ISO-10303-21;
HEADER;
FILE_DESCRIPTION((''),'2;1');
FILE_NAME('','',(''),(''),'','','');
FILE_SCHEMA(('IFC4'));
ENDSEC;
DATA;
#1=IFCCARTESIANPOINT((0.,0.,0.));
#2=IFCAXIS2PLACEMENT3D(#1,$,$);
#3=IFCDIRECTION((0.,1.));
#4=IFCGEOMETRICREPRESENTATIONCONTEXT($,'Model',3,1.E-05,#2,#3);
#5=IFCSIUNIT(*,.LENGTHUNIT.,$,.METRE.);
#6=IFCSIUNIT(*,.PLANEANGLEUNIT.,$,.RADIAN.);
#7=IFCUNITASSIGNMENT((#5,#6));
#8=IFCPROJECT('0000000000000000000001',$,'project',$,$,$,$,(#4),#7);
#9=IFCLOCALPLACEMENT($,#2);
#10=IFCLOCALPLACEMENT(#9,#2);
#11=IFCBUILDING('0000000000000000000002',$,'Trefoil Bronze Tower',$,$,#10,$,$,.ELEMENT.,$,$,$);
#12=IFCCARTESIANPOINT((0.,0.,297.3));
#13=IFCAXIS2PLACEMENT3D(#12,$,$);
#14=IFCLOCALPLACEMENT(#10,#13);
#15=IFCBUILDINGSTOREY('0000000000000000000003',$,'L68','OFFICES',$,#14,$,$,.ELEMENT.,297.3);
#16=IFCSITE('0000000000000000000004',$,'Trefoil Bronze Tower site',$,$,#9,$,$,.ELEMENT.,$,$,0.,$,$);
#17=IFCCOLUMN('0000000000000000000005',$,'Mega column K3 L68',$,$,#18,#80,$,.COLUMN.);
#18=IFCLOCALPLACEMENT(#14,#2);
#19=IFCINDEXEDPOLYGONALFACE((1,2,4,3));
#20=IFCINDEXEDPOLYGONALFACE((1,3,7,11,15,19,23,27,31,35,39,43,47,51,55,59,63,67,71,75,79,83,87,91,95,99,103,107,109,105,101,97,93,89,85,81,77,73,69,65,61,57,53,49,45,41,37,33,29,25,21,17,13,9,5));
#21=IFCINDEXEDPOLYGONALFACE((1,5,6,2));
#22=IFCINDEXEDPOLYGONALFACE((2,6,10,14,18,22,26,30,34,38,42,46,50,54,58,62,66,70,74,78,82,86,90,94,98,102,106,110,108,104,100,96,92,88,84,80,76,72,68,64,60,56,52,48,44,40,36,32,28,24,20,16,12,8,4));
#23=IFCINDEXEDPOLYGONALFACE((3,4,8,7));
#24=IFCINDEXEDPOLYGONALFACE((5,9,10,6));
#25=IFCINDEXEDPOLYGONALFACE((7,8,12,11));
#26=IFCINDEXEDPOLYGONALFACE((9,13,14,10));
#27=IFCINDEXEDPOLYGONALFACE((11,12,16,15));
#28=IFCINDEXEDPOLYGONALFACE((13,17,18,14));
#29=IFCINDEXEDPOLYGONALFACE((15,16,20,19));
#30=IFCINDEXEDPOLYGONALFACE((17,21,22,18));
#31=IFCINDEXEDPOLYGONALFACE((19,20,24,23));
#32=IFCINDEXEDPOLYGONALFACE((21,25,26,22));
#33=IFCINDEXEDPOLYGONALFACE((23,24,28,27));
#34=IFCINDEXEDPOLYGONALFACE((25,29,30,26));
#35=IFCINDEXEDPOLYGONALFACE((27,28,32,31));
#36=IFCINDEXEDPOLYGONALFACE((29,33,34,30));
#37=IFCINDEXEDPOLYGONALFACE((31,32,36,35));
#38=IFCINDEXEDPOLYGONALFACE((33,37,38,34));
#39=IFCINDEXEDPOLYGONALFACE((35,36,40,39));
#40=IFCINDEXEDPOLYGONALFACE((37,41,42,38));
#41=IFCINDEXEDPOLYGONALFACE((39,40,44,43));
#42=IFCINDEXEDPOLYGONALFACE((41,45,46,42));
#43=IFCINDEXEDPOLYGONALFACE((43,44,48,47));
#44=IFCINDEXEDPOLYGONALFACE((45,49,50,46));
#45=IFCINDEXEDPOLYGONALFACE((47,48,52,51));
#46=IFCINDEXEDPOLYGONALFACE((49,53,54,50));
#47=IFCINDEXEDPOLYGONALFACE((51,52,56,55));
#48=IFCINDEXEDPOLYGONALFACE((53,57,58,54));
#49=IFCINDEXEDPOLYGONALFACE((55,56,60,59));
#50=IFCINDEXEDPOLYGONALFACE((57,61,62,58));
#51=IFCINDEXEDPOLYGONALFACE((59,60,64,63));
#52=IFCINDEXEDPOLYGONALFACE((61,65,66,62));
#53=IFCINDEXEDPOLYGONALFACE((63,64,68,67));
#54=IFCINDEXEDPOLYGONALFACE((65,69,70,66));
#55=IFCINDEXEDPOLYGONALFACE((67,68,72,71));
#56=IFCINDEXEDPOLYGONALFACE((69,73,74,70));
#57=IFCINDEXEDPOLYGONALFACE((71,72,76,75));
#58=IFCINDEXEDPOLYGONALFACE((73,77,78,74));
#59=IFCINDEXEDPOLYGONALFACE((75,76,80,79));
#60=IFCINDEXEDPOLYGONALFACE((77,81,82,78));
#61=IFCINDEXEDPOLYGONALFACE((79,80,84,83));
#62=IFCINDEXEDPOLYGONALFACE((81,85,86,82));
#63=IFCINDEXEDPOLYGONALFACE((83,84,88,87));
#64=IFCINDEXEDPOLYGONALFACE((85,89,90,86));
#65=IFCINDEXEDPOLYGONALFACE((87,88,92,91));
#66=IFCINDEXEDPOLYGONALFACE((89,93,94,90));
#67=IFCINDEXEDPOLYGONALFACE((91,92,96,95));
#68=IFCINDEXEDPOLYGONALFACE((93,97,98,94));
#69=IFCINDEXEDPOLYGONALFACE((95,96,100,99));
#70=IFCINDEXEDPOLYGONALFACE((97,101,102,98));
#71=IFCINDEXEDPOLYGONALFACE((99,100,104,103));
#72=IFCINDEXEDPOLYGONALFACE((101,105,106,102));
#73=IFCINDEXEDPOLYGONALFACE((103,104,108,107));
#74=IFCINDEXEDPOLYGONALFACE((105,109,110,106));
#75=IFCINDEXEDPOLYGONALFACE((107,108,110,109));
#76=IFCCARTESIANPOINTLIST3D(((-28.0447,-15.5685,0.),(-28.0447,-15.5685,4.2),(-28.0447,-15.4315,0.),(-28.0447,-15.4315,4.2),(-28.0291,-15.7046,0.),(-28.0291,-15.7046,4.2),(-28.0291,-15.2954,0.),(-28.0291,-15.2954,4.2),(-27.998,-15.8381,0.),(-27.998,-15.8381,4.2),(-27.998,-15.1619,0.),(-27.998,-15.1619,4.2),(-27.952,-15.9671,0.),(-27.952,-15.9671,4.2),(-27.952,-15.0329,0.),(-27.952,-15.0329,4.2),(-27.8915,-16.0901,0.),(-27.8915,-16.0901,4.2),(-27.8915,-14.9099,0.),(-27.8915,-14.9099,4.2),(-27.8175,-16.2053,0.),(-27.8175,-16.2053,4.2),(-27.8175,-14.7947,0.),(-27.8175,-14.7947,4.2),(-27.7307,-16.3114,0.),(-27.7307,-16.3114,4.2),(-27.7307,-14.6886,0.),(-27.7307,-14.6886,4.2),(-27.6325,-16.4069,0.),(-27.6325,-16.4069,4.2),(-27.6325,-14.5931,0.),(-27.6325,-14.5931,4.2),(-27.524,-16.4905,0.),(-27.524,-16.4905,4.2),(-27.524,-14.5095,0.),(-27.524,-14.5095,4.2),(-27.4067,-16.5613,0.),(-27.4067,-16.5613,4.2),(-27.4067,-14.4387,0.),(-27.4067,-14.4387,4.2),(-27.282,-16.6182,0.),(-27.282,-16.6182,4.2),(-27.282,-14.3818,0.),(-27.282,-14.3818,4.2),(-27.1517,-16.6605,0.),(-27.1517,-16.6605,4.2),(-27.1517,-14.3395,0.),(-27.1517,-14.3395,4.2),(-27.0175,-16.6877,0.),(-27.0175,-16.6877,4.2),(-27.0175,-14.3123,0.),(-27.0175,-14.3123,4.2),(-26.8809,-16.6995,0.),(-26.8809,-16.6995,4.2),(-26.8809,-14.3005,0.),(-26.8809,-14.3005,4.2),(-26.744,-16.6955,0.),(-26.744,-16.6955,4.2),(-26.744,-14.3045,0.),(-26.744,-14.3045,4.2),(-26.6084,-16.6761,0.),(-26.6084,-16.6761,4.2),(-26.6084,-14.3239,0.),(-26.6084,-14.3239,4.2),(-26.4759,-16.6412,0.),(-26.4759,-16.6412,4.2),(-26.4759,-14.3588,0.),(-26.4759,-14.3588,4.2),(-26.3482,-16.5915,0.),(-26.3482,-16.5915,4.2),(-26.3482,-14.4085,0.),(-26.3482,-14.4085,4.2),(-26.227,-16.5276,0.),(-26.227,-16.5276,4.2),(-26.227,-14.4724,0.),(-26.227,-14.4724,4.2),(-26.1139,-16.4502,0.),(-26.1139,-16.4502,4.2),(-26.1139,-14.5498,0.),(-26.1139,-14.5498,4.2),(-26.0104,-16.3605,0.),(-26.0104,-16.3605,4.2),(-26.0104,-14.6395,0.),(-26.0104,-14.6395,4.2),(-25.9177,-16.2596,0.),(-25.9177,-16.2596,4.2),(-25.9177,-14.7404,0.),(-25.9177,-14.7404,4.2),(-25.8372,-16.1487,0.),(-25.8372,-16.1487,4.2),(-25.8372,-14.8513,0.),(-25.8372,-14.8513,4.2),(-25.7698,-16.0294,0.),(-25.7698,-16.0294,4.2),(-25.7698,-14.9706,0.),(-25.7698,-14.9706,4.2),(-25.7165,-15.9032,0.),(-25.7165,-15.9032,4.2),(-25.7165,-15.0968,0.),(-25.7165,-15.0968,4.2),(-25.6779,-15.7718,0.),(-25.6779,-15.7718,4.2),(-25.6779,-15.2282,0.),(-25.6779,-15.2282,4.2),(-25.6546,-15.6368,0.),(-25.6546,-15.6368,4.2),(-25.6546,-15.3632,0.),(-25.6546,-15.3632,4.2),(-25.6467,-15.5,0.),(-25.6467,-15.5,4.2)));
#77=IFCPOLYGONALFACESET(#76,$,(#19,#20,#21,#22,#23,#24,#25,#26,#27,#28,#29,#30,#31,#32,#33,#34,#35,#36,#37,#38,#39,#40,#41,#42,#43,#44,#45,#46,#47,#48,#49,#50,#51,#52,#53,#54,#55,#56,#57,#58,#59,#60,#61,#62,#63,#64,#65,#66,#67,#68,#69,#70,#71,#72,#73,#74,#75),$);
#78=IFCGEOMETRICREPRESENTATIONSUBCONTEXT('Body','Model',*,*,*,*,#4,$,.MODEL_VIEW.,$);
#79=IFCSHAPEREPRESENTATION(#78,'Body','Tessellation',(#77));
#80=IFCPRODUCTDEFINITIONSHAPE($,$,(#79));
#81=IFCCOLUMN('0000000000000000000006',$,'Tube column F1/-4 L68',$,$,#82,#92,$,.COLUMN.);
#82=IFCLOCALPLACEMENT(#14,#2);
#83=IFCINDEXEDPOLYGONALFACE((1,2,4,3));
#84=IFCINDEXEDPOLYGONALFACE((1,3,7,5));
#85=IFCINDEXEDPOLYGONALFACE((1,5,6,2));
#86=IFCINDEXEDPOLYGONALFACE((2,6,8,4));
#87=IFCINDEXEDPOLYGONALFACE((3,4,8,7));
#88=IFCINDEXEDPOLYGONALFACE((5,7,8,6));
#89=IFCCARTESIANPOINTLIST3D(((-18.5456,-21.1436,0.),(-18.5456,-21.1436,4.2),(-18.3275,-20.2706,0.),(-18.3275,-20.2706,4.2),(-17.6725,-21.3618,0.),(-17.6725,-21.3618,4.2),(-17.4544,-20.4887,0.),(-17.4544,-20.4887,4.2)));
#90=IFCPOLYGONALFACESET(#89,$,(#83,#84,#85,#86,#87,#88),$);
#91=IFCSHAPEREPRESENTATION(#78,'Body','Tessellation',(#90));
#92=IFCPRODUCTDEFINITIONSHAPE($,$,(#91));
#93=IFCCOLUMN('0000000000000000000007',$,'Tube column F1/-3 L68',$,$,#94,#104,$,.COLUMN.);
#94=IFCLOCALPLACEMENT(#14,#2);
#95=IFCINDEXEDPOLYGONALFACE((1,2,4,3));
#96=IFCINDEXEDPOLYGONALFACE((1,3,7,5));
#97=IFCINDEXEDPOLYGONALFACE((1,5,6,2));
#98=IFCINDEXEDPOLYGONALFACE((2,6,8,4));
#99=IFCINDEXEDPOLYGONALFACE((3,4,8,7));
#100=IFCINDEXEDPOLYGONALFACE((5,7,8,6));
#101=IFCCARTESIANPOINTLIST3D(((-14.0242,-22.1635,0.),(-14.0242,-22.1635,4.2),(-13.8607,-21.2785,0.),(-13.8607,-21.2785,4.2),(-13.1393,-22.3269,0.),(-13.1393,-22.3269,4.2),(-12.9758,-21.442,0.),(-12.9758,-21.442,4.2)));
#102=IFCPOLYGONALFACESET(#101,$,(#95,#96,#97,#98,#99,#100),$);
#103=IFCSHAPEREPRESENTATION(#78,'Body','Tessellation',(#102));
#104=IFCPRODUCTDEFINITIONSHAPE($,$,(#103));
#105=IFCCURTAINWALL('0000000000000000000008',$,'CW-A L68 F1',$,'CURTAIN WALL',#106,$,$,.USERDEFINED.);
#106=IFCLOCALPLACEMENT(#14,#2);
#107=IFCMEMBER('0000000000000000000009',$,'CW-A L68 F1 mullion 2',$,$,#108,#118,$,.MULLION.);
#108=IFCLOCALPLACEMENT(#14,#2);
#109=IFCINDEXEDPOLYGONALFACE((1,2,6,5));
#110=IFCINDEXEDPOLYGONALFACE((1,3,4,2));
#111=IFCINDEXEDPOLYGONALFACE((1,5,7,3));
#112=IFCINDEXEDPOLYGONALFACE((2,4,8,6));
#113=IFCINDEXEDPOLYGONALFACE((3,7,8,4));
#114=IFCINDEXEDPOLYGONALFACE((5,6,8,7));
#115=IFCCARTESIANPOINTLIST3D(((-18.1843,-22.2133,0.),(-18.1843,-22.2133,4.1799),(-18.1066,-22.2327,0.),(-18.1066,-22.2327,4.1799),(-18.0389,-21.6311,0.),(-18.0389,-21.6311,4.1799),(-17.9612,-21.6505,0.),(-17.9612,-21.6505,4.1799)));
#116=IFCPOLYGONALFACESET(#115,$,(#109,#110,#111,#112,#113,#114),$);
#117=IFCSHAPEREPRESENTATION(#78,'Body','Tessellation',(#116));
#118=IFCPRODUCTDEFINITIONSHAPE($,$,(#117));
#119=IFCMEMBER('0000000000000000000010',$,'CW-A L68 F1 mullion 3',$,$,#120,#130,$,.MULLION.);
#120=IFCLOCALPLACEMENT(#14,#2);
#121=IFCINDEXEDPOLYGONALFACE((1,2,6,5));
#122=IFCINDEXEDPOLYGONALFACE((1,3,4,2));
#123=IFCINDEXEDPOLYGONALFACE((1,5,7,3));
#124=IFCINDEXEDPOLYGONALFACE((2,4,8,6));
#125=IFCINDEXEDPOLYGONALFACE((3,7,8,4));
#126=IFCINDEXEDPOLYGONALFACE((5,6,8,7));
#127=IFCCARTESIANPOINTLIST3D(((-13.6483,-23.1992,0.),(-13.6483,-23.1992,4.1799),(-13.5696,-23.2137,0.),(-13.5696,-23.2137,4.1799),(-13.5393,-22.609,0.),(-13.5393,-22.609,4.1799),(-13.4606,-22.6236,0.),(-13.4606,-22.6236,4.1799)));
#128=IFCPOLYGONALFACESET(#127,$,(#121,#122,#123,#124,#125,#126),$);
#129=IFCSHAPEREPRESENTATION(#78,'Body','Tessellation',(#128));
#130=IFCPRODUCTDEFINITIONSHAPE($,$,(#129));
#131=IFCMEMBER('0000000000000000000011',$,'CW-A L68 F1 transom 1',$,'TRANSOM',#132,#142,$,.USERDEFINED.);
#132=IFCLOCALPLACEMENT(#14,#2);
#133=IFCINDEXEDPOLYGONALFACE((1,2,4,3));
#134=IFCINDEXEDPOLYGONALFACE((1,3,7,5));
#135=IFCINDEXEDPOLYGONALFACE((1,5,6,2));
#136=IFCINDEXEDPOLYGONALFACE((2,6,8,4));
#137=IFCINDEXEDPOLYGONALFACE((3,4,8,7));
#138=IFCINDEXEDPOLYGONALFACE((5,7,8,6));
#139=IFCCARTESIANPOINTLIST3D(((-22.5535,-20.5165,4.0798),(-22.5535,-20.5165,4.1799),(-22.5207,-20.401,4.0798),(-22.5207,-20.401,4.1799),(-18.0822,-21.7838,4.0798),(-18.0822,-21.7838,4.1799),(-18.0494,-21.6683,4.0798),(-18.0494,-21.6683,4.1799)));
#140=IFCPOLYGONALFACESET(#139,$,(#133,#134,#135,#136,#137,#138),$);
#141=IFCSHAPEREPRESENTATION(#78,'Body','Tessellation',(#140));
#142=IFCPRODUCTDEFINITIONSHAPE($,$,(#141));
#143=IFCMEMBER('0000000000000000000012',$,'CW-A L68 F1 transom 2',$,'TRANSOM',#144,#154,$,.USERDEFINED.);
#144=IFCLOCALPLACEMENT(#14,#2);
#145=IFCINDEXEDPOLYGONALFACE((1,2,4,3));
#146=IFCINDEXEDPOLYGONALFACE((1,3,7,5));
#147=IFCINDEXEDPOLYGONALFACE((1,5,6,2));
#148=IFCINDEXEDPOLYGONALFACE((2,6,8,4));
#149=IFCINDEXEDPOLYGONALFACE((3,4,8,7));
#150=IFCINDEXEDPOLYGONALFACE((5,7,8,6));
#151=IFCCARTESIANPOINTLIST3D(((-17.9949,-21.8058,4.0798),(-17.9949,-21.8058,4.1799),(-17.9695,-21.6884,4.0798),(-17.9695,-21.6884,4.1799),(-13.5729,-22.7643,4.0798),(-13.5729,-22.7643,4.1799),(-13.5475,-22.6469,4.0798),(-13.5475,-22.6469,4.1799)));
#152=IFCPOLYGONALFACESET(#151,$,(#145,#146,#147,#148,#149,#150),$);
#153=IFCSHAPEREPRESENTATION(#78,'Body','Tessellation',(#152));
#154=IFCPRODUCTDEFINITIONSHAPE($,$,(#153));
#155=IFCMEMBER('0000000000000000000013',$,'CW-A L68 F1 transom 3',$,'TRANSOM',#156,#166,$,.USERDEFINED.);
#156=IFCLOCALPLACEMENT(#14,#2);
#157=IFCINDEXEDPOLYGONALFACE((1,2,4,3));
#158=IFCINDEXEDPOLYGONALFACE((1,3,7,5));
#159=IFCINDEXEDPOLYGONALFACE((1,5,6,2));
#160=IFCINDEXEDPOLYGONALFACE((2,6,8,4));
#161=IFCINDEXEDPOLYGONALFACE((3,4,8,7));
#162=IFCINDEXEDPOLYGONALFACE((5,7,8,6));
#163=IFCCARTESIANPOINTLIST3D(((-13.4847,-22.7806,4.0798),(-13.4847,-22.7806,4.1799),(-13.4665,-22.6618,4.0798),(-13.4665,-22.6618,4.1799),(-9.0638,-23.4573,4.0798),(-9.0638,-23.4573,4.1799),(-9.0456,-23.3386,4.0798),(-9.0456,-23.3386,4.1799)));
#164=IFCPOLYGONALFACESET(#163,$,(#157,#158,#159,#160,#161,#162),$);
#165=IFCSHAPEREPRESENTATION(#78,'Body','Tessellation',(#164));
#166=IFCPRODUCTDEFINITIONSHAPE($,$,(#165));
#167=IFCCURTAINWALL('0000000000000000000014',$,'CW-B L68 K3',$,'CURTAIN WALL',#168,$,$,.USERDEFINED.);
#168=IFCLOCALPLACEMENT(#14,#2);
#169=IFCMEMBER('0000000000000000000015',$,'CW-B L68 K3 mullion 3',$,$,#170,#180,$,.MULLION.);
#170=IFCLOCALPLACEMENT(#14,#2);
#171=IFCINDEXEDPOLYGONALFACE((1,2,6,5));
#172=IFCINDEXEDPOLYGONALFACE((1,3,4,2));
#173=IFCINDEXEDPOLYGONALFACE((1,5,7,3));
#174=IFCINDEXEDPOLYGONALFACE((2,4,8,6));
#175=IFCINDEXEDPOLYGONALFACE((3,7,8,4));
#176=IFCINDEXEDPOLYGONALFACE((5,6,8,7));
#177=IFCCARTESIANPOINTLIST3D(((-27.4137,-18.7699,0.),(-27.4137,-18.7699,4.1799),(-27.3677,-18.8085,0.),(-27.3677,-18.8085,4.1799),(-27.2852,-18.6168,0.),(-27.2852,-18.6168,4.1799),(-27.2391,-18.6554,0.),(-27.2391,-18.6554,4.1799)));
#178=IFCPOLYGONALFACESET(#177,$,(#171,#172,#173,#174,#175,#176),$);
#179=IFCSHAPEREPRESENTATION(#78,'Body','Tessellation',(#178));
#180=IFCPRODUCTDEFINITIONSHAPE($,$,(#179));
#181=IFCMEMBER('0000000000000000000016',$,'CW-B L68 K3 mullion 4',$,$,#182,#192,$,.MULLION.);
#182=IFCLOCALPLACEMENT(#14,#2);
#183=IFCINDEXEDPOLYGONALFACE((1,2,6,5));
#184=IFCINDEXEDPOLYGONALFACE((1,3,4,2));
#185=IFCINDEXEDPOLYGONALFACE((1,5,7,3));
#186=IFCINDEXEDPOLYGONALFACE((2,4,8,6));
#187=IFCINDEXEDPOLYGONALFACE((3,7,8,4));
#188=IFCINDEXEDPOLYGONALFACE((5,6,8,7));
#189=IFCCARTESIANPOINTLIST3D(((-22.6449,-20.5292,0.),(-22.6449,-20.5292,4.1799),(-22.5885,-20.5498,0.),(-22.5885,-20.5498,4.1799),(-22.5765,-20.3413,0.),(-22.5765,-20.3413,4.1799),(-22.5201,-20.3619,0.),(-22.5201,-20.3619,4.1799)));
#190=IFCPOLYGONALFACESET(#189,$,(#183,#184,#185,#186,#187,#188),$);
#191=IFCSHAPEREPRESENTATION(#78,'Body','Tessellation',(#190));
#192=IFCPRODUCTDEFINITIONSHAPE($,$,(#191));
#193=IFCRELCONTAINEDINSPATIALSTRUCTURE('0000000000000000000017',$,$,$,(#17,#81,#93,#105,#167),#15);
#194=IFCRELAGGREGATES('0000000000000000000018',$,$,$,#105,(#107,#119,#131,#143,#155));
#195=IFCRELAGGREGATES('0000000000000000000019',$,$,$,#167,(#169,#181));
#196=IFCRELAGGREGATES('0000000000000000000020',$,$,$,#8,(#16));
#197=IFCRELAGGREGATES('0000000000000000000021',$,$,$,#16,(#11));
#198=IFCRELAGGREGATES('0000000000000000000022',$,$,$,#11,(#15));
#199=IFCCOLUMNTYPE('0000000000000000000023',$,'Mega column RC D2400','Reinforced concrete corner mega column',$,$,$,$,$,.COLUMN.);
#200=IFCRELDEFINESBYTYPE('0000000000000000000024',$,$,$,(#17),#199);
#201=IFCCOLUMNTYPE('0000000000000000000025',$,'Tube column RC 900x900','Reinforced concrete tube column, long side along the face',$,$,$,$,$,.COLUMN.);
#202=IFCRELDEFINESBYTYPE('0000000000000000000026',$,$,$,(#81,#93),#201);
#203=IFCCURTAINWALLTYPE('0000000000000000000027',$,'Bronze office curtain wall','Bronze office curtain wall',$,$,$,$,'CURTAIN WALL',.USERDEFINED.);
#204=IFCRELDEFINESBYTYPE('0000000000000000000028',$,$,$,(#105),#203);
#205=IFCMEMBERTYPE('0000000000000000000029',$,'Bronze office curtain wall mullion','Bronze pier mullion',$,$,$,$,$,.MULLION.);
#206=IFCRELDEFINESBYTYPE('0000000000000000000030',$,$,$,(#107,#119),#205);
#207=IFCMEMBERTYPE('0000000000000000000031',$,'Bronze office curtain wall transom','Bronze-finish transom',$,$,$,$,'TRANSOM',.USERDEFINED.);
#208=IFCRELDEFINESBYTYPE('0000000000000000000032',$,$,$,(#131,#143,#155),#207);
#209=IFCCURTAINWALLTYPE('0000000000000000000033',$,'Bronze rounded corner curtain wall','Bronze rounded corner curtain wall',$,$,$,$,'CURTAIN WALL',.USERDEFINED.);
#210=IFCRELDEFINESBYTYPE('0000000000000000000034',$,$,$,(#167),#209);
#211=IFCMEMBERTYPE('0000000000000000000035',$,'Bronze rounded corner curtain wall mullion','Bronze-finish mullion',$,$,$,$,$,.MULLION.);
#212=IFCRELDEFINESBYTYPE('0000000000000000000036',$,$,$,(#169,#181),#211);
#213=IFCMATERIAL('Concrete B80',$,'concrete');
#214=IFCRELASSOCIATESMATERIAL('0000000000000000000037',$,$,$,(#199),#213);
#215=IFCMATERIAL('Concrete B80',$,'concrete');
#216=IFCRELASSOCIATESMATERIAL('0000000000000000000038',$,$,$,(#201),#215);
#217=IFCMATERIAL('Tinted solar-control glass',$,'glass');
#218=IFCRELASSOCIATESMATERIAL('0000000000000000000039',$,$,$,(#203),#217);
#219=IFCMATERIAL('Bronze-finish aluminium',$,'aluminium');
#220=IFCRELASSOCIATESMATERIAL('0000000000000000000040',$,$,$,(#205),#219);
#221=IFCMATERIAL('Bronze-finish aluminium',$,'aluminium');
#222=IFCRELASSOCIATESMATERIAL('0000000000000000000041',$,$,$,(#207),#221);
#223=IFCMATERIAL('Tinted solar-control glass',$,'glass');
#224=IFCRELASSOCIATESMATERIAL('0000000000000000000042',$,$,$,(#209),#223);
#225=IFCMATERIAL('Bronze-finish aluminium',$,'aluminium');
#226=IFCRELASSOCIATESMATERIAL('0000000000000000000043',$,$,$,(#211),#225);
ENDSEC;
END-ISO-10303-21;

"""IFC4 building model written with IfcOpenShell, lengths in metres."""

from ifc_helpers import new_model, si_unit, direction, frame, origin, origin_2d, place, context, subcontext, project, spatial, rectangle, circle, extrude, material, material_profile, profile_set, type_object, element, aggregate, save


model = new_model("IFC4")

# Units and contexts
model_context = context("Model", 3, precision=1e-05, world=origin(), true_north=direction((0.0, 1.0)))
body_context = subcontext(model_context, "Body", "Model", "MODEL_VIEW")
ifc_project = project(units=[si_unit("LENGTHUNIT", "METRE"), si_unit("PLANEANGLEUNIT", "RADIAN")], contexts=[model_context])

# Site, building, storey
site_placement = place(None, origin())
site = spatial("IfcSite", under=ifc_project, at=site_placement, Name="Trefoil Bronze Tower site", CompositionType="ELEMENT", RefElevation=0.0)
building_placement = place(site_placement, origin())
building = spatial("IfcBuilding", under=site, at=building_placement, Name="Trefoil Bronze Tower", CompositionType="ELEMENT")
storey_placement = place(building_placement, frame((0.0, 0.0, 297.3)))
storey = spatial("IfcBuildingStorey", under=building, at=storey_placement, Name="L68", Description="OFFICES", CompositionType="ELEMENT", Elevation=297.3)

# Columns
ifc_material_1 = material(Name="Concrete B80", Category="concrete")
ifc_material_profile_1 = material_profile(ifc_material_1, circle(Radius=1.2, at=origin_2d()), Name="RC D2400")
ifc_profile_set_1 = profile_set([ifc_material_profile_1], Name="Concrete B80")
column_type_1 = type_object("IfcColumnType", Name="Mega column RC D2400", Description="Reinforced concrete corner mega column", PredefinedType="COLUMN", material=ifc_profile_set_1)
column_placement = place(storey_placement, frame((-26.8467, -15.5, 0.0), z_axis=(0.0, 0.0, 1.0), x_axis=(1.0, 0.0, 0.0)))
element("IfcColumn", 1, at=column_placement, inside=storey, type_object=column_type_1, Name="Mega column K3 L68", PredefinedType="COLUMN", context=body_context, shape_type="SweptSolid", body=[
    extrude(circle(Radius=1.2, at=origin_2d()), origin(), (0.0, 0.0, 1.0), 4.2),
])
ifc_material_2 = material(Name="Concrete B80", Category="concrete")
ifc_material_profile_2 = material_profile(ifc_material_2, rectangle(XDim=0.8999, YDim=0.8999, at=origin_2d()), Name="RC 900x900")
ifc_profile_set_2 = profile_set([ifc_material_profile_2], Name="Concrete B80")
column_type_2 = type_object("IfcColumnType", Name="Tube column RC 900x900", Description="Reinforced concrete tube column, long side along the face", PredefinedType="COLUMN", material=ifc_profile_set_2)
for number, where, z_axis, x_axis, name in (
    (2, (-18.0, -20.8162, 0.0), (0.0, 0.0, 1.0), (0.970178, -0.242394, 0.0), "Tube column F1/-4 L68"),
    (3, (-13.5, -21.8027, 0.0), (0.0, 0.0, 1.0), (0.98336, -0.181667, 0.0), "Tube column F1/-3 L68"),
):
    element("IfcColumn", number, at=place(storey_placement, frame(where, z_axis=z_axis, x_axis=x_axis)), inside=storey, type_object=column_type_2, Name=name, PredefinedType="COLUMN", context=body_context, shape_type="SweptSolid", body=[
        extrude(rectangle(XDim=0.8999, YDim=0.8999, at=origin_2d()), origin(), (0.0, 0.0, 1.0), 4.2),
    ])

# Curtain walls, members
ifc_material_3 = material(Name="Tinted solar-control glass", Category="glass")
curtain_wall_type_1 = type_object("IfcCurtainWallType", Name="Bronze office curtain wall", Description="Bronze office curtain wall", ElementType="CURTAIN WALL", PredefinedType="USERDEFINED", material=ifc_material_3)
curtain_wall_1_placement = place(storey_placement, origin())
curtain_wall_1 = element("IfcCurtainWall", 4, at=curtain_wall_1_placement, inside=storey, type_object=curtain_wall_type_1, Name="CW-A L68 F1", ObjectType="CURTAIN WALL", PredefinedType="USERDEFINED")
ifc_material_4 = material(Name="Bronze-finish aluminium", Category="aluminium")
ifc_material_profile_3 = material_profile(ifc_material_4, rectangle(XDim=0.6001, YDim=0.0801, at=origin_2d()), Name="CW-A mullion")
ifc_profile_set_3 = profile_set([ifc_material_profile_3], Name="Bronze-finish aluminium")
member_type_1 = type_object("IfcMemberType", Name="Bronze office curtain wall mullion", Description="Bronze pier mullion", PredefinedType="MULLION", material=ifc_profile_set_3)
member_1_placement = place(storey_placement, frame((-18.0728, -21.9319, 0.0), z_axis=(0.0, 0.0, 1.0), x_axis=(0.242394, 0.970178, 0.0)))
member_1 = element("IfcMember", 5, at=member_1_placement, type_object=member_type_1, Name="CW-A L68 F1 mullion 2", PredefinedType="MULLION", context=body_context, shape_type="SweptSolid", body=[
    extrude(rectangle(XDim=0.6001, YDim=0.0801, at=origin_2d()), origin(), (0.0, 0.0, 1.0), 4.1799),
])
member_2_placement = place(storey_placement, frame((-13.5544, -22.9114, 0.0), z_axis=(0.0, 0.0, 1.0), x_axis=(0.181667, 0.98336, 0.0)))
member_2 = element("IfcMember", 6, at=member_2_placement, type_object=member_type_1, Name="CW-A L68 F1 mullion 3", PredefinedType="MULLION", context=body_context, shape_type="SweptSolid", body=[
    extrude(rectangle(XDim=0.6001, YDim=0.0801, at=origin_2d()), origin(), (0.0, 0.0, 1.0), 4.1799),
])
ifc_material_5 = material(Name="Bronze-finish aluminium", Category="aluminium")
ifc_material_profile_4 = material_profile(ifc_material_5, rectangle(XDim=0.1201, YDim=0.1001, at=origin_2d()), Name="CW-A transom")
ifc_profile_set_4 = profile_set([ifc_material_profile_4], Name="Bronze-finish aluminium")
member_type_2 = type_object("IfcMemberType", Name="Bronze office curtain wall transom", Description="Bronze-finish transom", ElementType="TRANSOM", PredefinedType="USERDEFINED", material=ifc_profile_set_4)
member_3_placement = place(storey_placement, frame((-22.5371, -20.4587, 4.1299), z_axis=(0.962103, -0.272688, 0.0), x_axis=(0.272688, 0.962103, 0.0)))
member_3 = element("IfcMember", 7, at=member_3_placement, type_object=member_type_2, Name="CW-A L68 F1 transom 1", ObjectType="TRANSOM", PredefinedType="USERDEFINED", context=body_context, shape_type="SweptSolid", body=[
    extrude(rectangle(XDim=0.1201, YDim=0.1001, at=origin_2d()), origin(), (0.0, 0.0, 1.0), 4.6475),
])
member_4_placement = place(storey_placement, frame((-17.9822, -21.7471, 4.1299), z_axis=(0.977304, -0.211843, 0.0), x_axis=(0.211843, 0.977304, 0.0)))
member_4 = element("IfcMember", 8, at=member_4_placement, type_object=member_type_2, Name="CW-A L68 F1 transom 2", ObjectType="TRANSOM", PredefinedType="USERDEFINED", context=body_context, shape_type="SweptSolid", body=[
    extrude(rectangle(XDim=0.1201, YDim=0.1001, at=origin_2d()), origin(), (0.0, 0.0, 1.0), 4.5247),
])
member_5_placement = place(storey_placement, frame((-13.4756, -22.7212, 4.1299), z_axis=(0.988485, -0.151319, 0.0), x_axis=(0.151319, 0.988485, 0.0)))
member_5 = element("IfcMember", 9, at=member_5_placement, type_object=member_type_2, Name="CW-A L68 F1 transom 3", ObjectType="TRANSOM", PredefinedType="USERDEFINED", context=body_context, shape_type="SweptSolid", body=[
    extrude(rectangle(XDim=0.1201, YDim=0.1001, at=origin_2d()), origin(), (0.0, 0.0, 1.0), 4.4724),
])
ifc_material_6 = material(Name="Tinted solar-control glass", Category="glass")
curtain_wall_type_2 = type_object("IfcCurtainWallType", Name="Bronze rounded corner curtain wall", Description="Bronze rounded corner curtain wall", ElementType="CURTAIN WALL", PredefinedType="USERDEFINED", material=ifc_material_6)
curtain_wall_2_placement = place(storey_placement, origin())
curtain_wall_2 = element("IfcCurtainWall", 10, at=curtain_wall_2_placement, inside=storey, type_object=curtain_wall_type_2, Name="CW-B L68 K3", ObjectType="CURTAIN WALL", PredefinedType="USERDEFINED")
ifc_material_7 = material(Name="Bronze-finish aluminium", Category="aluminium")
ifc_material_profile_5 = material_profile(ifc_material_7, rectangle(XDim=0.2, YDim=0.0601, at=origin_2d()), Name="CW-B mullion")
ifc_profile_set_5 = profile_set([ifc_material_profile_5], Name="Bronze-finish aluminium")
member_type_3 = type_object("IfcMemberType", Name="Bronze rounded corner curtain wall mullion", Description="Bronze-finish mullion", PredefinedType="MULLION", material=ifc_profile_set_5)
member_6_placement = place(storey_placement, frame((-27.3264, -18.7126, 0.0), z_axis=(0.0, 0.0, 1.0), x_axis=(0.642788, 0.766044, 0.0)))
member_6 = element("IfcMember", 11, at=member_6_placement, type_object=member_type_3, Name="CW-B L68 K3 mullion 3", PredefinedType="MULLION", context=body_context, shape_type="SweptSolid", body=[
    extrude(rectangle(XDim=0.2, YDim=0.0601, at=origin_2d()), origin(), (0.0, 0.0, 1.0), 4.1799),
])
member_7_placement = place(storey_placement, frame((-22.5825, -20.4456, 0.0), z_axis=(0.0, 0.0, 1.0), x_axis=(0.34202, 0.939693, 0.0)))
member_7 = element("IfcMember", 12, at=member_7_placement, type_object=member_type_3, Name="CW-B L68 K3 mullion 4", PredefinedType="MULLION", context=body_context, shape_type="SweptSolid", body=[
    extrude(rectangle(XDim=0.2, YDim=0.0601, at=origin_2d()), origin(), (0.0, 0.0, 1.0), 4.1799),
])

aggregate(curtain_wall_1, [member_1, member_2, member_3, member_4, member_5])
aggregate(curtain_wall_2, [member_6, member_7])

save(model, "model.ifc")
